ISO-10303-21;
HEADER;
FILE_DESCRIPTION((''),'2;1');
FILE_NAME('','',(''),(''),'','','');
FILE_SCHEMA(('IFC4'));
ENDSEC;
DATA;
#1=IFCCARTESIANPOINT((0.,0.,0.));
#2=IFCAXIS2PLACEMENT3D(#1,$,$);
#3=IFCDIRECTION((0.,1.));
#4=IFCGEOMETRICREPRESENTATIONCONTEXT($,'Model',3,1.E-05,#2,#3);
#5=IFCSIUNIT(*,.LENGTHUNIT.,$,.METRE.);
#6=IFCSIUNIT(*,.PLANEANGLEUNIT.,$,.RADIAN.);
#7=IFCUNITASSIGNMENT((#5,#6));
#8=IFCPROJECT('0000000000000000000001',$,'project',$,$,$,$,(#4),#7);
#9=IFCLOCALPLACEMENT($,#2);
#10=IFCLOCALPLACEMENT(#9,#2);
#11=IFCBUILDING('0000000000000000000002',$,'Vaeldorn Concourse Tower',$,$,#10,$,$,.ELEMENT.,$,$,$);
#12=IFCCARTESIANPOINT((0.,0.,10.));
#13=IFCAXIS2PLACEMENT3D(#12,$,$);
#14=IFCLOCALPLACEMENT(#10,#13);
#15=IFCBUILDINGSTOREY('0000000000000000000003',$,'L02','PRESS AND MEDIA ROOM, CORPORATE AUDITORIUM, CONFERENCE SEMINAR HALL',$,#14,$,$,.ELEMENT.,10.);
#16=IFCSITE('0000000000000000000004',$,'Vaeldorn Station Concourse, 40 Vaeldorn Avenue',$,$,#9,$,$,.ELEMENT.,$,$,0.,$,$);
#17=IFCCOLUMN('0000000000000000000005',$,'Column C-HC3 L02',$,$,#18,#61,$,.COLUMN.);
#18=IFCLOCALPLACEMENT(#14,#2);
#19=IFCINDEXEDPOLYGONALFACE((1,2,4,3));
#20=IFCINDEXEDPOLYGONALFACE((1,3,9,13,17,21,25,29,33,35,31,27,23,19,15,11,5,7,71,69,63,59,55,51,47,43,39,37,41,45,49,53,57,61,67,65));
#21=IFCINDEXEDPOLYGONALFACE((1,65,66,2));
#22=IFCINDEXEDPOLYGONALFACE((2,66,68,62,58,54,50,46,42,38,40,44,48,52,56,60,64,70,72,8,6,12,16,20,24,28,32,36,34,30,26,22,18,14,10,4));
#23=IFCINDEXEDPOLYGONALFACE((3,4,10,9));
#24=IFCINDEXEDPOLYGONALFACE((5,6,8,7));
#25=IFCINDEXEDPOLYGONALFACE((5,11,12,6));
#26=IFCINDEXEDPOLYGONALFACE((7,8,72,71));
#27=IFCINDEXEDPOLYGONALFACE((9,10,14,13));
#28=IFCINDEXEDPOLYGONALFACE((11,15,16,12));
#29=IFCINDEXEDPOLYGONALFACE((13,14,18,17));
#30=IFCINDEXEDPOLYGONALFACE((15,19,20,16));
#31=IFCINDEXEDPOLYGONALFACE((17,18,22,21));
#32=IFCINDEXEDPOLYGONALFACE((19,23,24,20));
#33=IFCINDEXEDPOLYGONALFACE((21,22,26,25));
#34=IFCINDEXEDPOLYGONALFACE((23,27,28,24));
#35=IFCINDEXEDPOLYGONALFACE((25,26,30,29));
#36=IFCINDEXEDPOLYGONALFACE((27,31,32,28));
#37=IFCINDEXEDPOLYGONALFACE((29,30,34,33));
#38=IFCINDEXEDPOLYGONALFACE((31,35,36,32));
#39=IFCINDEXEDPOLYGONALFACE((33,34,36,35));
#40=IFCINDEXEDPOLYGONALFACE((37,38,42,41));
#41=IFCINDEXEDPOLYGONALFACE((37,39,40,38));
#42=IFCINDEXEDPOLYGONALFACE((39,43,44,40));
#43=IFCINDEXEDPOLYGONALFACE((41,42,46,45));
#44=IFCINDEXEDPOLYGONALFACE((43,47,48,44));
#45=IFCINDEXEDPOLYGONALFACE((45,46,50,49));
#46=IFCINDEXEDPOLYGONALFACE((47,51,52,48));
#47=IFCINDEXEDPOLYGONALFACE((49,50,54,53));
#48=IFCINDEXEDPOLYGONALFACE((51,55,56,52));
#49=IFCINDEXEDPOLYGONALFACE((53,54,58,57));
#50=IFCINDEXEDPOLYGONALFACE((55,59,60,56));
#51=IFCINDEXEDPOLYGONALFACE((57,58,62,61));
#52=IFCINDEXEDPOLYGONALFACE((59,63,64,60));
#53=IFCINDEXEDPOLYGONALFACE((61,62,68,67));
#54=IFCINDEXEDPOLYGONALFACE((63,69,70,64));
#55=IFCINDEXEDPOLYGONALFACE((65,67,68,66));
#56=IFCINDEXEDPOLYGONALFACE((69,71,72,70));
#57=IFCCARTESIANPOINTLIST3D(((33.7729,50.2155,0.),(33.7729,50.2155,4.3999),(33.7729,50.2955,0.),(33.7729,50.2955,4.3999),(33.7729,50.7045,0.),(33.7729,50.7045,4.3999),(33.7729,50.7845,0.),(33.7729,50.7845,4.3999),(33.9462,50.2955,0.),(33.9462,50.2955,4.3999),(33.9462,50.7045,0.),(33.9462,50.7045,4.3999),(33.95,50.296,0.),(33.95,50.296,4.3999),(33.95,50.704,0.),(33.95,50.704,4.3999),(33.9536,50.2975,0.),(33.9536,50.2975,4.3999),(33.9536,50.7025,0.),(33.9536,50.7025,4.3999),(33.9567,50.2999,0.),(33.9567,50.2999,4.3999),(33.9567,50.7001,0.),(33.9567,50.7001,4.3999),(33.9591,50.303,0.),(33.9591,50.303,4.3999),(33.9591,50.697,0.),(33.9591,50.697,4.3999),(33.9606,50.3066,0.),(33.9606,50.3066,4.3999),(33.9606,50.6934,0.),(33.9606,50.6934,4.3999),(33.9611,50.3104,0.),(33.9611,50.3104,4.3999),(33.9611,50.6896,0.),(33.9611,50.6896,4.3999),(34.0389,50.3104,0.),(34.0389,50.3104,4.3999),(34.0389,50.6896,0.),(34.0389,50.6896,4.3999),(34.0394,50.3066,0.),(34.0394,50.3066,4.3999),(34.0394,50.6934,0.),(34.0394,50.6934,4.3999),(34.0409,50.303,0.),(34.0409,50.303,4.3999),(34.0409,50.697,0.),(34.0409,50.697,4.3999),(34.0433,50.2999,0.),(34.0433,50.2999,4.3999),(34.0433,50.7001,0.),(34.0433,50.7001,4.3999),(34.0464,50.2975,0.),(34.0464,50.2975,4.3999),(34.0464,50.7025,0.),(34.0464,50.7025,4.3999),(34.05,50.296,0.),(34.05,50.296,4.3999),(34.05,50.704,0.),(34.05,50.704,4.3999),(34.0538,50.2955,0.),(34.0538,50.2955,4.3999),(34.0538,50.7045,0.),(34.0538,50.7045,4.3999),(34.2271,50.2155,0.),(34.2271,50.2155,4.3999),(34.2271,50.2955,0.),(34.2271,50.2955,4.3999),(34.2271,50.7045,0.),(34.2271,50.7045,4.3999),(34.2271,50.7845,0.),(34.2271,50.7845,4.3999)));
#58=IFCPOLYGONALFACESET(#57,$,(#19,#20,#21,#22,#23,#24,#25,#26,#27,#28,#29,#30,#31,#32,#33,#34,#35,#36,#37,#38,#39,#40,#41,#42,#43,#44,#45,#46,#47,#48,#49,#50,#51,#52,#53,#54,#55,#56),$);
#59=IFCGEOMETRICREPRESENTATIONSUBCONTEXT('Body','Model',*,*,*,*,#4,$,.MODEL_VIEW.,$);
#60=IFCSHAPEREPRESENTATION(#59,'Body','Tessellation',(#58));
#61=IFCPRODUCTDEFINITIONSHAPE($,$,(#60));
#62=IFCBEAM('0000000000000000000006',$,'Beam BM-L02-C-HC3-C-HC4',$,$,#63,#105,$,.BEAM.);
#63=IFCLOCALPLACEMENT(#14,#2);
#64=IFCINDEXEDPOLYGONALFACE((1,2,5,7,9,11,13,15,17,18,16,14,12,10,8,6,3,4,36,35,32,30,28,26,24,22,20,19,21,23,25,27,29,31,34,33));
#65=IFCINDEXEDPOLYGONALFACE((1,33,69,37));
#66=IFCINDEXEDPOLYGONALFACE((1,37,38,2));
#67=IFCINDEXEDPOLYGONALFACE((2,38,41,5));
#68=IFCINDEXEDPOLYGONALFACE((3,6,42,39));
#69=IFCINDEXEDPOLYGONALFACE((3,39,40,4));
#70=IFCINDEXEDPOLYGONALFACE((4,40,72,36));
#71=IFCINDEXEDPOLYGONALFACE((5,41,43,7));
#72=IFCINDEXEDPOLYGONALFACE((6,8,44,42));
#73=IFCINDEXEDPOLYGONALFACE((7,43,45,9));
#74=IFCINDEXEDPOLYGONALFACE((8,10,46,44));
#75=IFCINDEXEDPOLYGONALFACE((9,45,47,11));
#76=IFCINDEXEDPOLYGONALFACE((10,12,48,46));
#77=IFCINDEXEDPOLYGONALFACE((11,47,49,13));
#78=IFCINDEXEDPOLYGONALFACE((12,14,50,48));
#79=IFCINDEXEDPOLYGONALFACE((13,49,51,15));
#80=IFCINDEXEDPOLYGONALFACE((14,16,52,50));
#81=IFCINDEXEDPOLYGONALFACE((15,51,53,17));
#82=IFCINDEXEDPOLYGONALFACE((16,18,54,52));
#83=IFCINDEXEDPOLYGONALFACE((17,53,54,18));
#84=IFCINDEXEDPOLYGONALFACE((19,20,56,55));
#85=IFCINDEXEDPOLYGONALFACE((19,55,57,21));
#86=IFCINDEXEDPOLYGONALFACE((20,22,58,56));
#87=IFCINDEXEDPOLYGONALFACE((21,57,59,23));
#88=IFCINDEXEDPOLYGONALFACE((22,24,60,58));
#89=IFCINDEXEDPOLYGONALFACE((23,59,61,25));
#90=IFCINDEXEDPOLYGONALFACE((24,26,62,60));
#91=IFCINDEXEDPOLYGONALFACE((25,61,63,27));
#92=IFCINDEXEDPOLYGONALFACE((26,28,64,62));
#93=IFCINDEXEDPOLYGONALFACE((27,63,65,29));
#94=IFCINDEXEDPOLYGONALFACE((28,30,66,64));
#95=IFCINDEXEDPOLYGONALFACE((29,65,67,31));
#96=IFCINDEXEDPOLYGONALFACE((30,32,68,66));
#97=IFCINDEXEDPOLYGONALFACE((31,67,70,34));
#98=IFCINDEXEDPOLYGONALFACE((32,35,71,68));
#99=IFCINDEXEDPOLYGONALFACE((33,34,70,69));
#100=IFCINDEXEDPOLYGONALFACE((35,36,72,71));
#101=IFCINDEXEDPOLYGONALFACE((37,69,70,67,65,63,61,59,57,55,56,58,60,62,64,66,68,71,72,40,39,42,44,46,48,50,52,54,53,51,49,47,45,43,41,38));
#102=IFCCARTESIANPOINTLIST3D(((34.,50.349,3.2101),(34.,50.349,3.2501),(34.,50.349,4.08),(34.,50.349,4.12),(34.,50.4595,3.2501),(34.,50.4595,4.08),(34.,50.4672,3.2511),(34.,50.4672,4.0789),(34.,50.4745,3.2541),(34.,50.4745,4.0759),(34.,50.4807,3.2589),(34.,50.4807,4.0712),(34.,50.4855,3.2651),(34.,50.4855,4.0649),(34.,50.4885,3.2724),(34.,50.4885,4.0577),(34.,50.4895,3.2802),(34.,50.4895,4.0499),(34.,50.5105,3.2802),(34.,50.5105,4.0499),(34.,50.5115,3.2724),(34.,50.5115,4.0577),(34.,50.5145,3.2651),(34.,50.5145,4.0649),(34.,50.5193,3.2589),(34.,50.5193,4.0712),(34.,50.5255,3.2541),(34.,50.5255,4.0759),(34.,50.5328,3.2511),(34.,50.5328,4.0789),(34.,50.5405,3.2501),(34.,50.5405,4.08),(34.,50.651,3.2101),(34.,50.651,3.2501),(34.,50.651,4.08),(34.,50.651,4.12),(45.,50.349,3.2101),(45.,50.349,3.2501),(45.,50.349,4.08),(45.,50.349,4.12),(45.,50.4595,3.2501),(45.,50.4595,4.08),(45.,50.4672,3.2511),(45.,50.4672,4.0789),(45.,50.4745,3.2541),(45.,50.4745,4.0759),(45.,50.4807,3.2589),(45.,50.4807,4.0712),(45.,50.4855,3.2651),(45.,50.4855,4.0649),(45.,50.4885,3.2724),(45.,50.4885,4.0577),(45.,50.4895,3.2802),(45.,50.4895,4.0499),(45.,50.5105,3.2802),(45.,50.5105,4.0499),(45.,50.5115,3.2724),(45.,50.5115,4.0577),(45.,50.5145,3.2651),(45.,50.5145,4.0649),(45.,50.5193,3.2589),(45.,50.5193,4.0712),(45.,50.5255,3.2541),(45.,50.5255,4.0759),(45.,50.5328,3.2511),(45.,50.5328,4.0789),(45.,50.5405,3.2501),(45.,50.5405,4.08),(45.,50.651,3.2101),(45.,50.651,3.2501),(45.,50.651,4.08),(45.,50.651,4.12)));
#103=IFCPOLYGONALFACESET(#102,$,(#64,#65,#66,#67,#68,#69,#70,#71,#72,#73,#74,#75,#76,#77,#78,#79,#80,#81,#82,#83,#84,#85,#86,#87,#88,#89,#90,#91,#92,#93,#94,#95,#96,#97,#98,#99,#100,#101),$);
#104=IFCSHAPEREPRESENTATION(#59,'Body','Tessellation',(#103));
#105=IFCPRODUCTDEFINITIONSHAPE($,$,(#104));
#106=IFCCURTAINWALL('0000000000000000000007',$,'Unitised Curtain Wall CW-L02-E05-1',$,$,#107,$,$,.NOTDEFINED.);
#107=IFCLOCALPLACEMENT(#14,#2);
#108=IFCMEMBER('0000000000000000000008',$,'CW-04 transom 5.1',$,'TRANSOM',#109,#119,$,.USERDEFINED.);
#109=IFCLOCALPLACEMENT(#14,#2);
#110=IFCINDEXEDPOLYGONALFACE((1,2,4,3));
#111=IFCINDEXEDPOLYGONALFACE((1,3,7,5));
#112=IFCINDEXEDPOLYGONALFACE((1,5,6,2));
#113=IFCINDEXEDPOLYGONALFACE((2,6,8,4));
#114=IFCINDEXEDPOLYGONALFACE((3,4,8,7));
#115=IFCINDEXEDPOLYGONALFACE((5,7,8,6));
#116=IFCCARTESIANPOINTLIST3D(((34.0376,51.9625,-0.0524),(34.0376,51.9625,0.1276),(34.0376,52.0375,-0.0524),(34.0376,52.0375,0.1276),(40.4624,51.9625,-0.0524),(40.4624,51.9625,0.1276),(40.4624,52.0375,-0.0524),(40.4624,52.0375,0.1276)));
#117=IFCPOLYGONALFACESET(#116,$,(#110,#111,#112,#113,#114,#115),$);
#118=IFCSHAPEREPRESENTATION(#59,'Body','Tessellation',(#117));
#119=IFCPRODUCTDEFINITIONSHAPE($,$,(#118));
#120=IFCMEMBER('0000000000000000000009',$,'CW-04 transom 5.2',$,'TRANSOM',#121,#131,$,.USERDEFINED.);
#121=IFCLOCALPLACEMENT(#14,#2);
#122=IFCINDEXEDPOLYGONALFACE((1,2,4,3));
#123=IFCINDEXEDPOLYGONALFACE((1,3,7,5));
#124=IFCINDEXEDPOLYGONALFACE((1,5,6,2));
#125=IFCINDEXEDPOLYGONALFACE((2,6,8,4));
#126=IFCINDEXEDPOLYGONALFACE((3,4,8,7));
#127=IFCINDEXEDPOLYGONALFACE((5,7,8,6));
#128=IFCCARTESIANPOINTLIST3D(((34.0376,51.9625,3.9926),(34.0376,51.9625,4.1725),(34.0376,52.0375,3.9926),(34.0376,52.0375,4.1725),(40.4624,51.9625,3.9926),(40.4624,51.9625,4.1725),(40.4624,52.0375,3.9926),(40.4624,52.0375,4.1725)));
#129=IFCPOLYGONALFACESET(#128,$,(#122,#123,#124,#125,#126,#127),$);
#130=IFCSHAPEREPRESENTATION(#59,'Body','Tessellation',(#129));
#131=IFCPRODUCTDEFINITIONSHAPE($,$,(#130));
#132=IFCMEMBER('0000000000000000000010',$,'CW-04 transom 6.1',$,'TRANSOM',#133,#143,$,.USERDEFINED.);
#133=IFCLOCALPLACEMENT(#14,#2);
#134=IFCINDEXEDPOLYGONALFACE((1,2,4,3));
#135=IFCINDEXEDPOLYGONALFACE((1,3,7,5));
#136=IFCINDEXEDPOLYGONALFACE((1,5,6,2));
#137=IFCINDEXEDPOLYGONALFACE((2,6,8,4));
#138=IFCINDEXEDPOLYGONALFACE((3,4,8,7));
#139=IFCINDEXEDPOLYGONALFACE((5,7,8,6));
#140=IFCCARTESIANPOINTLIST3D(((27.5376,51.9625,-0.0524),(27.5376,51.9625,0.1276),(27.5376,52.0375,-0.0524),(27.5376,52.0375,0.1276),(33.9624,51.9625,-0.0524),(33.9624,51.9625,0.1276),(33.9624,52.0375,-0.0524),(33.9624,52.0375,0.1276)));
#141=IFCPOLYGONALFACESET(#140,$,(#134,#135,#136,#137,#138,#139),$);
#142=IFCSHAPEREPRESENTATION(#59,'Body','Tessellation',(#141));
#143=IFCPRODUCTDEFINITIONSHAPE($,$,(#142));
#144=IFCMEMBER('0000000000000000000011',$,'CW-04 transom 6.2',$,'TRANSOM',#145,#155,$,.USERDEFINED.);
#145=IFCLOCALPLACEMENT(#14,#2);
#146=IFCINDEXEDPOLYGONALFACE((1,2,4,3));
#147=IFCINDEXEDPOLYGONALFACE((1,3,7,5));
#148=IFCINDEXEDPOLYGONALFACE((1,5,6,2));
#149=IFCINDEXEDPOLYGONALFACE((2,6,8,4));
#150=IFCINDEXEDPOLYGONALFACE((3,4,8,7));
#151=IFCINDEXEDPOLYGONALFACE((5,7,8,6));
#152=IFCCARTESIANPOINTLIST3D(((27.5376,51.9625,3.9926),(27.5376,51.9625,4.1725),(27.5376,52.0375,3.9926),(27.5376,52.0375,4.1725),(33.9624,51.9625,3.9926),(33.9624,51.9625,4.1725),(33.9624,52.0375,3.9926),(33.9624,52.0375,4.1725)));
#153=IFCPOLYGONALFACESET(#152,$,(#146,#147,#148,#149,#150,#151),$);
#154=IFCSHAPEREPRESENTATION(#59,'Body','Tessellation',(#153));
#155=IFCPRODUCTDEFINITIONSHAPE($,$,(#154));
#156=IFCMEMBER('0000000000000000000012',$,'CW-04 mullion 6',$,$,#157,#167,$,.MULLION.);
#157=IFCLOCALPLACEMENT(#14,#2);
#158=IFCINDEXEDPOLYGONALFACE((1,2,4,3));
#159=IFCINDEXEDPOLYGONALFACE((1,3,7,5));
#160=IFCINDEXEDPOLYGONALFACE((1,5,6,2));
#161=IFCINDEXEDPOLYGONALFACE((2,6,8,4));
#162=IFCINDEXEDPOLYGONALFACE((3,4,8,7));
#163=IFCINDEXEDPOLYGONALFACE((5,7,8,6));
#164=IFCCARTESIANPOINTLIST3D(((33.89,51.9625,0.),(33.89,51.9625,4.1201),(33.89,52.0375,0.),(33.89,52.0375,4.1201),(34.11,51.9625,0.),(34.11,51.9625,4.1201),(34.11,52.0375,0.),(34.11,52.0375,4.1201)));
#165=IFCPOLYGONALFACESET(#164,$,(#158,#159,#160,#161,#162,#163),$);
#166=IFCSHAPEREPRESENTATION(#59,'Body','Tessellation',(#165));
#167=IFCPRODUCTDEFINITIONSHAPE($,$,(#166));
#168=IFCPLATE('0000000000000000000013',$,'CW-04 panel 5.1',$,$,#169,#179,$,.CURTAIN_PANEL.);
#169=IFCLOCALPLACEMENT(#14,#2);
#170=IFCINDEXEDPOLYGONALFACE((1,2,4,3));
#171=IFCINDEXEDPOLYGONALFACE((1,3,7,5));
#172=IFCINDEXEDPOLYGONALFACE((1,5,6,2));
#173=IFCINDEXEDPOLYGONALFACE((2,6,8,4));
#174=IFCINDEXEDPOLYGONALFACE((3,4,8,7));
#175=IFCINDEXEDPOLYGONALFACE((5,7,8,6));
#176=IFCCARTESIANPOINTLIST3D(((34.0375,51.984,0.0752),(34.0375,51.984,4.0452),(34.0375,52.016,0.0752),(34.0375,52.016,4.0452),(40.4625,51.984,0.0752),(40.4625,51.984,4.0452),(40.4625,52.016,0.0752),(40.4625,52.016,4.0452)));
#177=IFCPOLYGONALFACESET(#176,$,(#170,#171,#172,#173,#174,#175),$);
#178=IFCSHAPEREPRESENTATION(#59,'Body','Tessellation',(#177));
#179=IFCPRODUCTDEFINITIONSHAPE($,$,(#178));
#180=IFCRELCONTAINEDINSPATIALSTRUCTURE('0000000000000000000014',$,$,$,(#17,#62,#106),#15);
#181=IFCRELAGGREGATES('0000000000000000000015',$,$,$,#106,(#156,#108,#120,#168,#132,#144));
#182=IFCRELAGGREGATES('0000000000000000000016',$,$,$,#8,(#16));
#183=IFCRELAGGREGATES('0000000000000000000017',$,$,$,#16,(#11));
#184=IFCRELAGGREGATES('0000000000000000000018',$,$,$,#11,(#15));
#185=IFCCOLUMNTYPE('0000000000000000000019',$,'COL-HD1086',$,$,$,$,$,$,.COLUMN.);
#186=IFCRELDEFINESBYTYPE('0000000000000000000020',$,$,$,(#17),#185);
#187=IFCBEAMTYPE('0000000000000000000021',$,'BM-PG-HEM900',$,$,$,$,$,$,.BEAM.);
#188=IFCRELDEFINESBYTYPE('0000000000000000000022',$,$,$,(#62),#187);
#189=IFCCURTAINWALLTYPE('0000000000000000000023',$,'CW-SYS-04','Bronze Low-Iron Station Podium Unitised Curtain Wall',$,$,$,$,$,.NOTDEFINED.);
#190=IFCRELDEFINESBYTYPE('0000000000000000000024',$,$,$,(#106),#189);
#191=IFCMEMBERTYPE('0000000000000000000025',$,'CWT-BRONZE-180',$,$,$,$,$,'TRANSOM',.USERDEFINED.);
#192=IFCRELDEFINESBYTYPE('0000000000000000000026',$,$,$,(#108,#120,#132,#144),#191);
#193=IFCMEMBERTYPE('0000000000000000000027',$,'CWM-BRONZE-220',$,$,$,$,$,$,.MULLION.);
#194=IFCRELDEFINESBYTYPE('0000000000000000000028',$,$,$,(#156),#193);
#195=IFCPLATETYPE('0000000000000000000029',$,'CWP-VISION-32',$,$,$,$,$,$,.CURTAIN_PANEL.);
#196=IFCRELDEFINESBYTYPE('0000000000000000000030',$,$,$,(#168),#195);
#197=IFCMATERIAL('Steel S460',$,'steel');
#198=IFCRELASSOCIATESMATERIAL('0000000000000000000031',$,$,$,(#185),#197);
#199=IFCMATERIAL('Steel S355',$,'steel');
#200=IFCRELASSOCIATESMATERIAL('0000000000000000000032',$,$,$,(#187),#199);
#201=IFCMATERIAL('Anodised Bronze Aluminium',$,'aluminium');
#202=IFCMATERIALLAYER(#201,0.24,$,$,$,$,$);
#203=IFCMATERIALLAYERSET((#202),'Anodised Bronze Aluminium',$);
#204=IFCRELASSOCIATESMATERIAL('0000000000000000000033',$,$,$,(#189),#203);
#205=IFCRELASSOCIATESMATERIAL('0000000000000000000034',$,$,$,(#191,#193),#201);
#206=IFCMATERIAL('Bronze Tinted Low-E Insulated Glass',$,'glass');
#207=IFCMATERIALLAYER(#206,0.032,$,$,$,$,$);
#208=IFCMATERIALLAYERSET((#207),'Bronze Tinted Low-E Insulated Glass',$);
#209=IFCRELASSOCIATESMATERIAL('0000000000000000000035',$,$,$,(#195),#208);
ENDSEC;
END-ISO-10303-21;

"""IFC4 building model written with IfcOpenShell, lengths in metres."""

from ifc_helpers import new_model, si_unit, direction, frame, origin, origin_2d, place, context, subcontext, project, spatial, rectangle, i_section, extrude, source, transform, mapped, material, layer, layer_set, material_profile, profile_set, type_object, element, aggregate, save


model = new_model("IFC4")

# Units and contexts
model_context = context("Model", 3, precision=1e-05, world=origin(), true_north=direction((0.0, 1.0)))
body_context = subcontext(model_context, "Body", "Model", "MODEL_VIEW")
ifc_project = project(units=[si_unit("LENGTHUNIT", "METRE"), si_unit("PLANEANGLEUNIT", "RADIAN")], contexts=[model_context])

# Site, building, storey
site_placement = place(None, origin())
site = spatial("IfcSite", under=ifc_project, at=site_placement, Name="Vaeldorn Station Concourse, 40 Vaeldorn Avenue", CompositionType="ELEMENT", RefElevation=0.0)
building_placement = place(site_placement, origin())
building = spatial("IfcBuilding", under=site, at=building_placement, Name="Vaeldorn Concourse Tower", CompositionType="ELEMENT")
storey_placement = place(building_placement, frame((0.0, 0.0, 10.0)))
storey = spatial("IfcBuildingStorey", under=building, at=storey_placement, Name="L02", Description="PRESS AND MEDIA ROOM, CORPORATE AUDITORIUM, CONFERENCE SEMINAR HALL", CompositionType="ELEMENT", Elevation=10.0)

# Column
ifc_material_1 = material(Name="Steel S460", Category="steel")
ifc_material_profile_1 = material_profile(ifc_material_1, i_section(OverallWidth=0.4541, OverallDepth=0.5691, WebThickness=0.0779, FlangeThickness=0.0801, FilletRadius=0.0149, at=origin_2d()), Name="HD 400x1086")
ifc_profile_set_1 = profile_set([ifc_material_profile_1], Name="Steel S460")
column_type = type_object("IfcColumnType", Name="COL-HD1086", PredefinedType="COLUMN", material=ifc_profile_set_1)
shared_shape_1 = source(origin(), body_context, "Body", "SweptSolid", [
    extrude(i_section(OverallWidth=0.4541, OverallDepth=0.5691, WebThickness=0.0779, FlangeThickness=0.0801, FilletRadius=0.0149, at=origin_2d()), origin(), (0.0, 0.0, 1.0), 4.3999),
])
column_placement = place(storey_placement, frame((34.0, 50.5, 0.0), z_axis=(0.0, 0.0, 1.0), x_axis=(1.0, 0.0, 0.0)))
element("IfcColumn", 1, at=column_placement, inside=storey, type_object=column_type, Name="Column C-HC3 L02", PredefinedType="COLUMN", context=body_context, shape_type="MappedRepresentation", body=[
    mapped(shared_shape_1, transform((0.0, 0.0, 0.0), scale=1.0)),
])

# Beam
ifc_material_2 = material(Name="Steel S355", Category="steel")
ifc_material_profile_2 = material_profile(ifc_material_2, i_section(OverallWidth=0.302, OverallDepth=0.9099, WebThickness=0.021, FlangeThickness=0.04, FilletRadius=0.03, at=origin_2d()), Name="HEM 900")
ifc_profile_set_2 = profile_set([ifc_material_profile_2], Name="Steel S355")
beam_type = type_object("IfcBeamType", Name="BM-PG-HEM900", PredefinedType="BEAM", material=ifc_profile_set_2)
shared_shape_2 = source(origin(), body_context, "Body", "SweptSolid", [
    extrude(i_section(OverallWidth=0.302, OverallDepth=0.9099, WebThickness=0.021, FlangeThickness=0.04, FilletRadius=0.03, at=origin_2d()), origin(), (0.0, 0.0, 1.0), 11.0),
])
beam_placement = place(storey_placement, frame((34.0, 50.5, 3.665), z_axis=(1.0, 0.0, 0.0), x_axis=(0.0, 1.0, 0.0)))
element("IfcBeam", 2, at=beam_placement, inside=storey, type_object=beam_type, Name="Beam BM-L02-C-HC3-C-HC4", PredefinedType="BEAM", context=body_context, shape_type="MappedRepresentation", body=[
    mapped(shared_shape_2, transform((0.0, 0.0, 0.0), scale=1.0)),
])

# Curtain wall, members, plate
ifc_material_3 = material(Name="Anodised Bronze Aluminium", Category="aluminium")
ifc_layer_1 = layer(ifc_material_3, 0.24)
ifc_layer_set_1 = layer_set([ifc_layer_1], Name="Anodised Bronze Aluminium")
curtain_wall_type = type_object("IfcCurtainWallType", Name="CW-SYS-04", Description="Bronze Low-Iron Station Podium Unitised Curtain Wall", PredefinedType="NOTDEFINED", material=ifc_layer_set_1)
curtain_wall_placement = place(storey_placement, origin())
curtain_wall = element("IfcCurtainWall", 3, at=curtain_wall_placement, inside=storey, type_object=curtain_wall_type, Name="Unitised Curtain Wall CW-L02-E05-1", PredefinedType="NOTDEFINED")
ifc_material_profile_3 = material_profile(ifc_material_3, rectangle(XDim=0.075, YDim=0.1799, at=origin_2d()), Name="CWT 75x180")
ifc_profile_set_3 = profile_set([ifc_material_profile_3], Name="Anodised Bronze Aluminium")
member_type_1 = type_object("IfcMemberType", Name="CWT-BRONZE-180", ElementType="TRANSOM", PredefinedType="USERDEFINED", material=ifc_profile_set_3)
shared_shape_3 = source(origin(), body_context, "Body", "SweptSolid", [
    extrude(rectangle(XDim=0.075, YDim=0.1799, at=origin_2d()), origin(), (0.0, 0.0, 1.0), 6.4248),
])
member_1_placement = place(storey_placement, frame((40.4624, 52.0, 0.0376), z_axis=(-1.0, 0.0, 0.0), x_axis=(0.0, -1.0, 0.0)))
member_1 = element("IfcMember", 4, at=member_1_placement, type_object=member_type_1, Name="CW-04 transom 5.1", ObjectType="TRANSOM", PredefinedType="USERDEFINED", context=body_context, shape_type="MappedRepresentation", body=[
    mapped(shared_shape_3, transform((0.0, 0.0, 0.0), scale=1.0)),
])
member_2_placement = place(storey_placement, frame((40.4624, 52.0, 4.0825), z_axis=(-1.0, 0.0, 0.0), x_axis=(0.0, -1.0, 0.0)))
member_2 = element("IfcMember", 5, at=member_2_placement, type_object=member_type_1, Name="CW-04 transom 5.2", ObjectType="TRANSOM", PredefinedType="USERDEFINED", context=body_context, shape_type="MappedRepresentation", body=[
    mapped(shared_shape_3, transform((0.0, 0.0, 0.0), scale=1.0)),
])
member_3_placement = place(storey_placement, frame((33.9624, 52.0, 0.0376), z_axis=(-1.0, 0.0, 0.0), x_axis=(0.0, -1.0, 0.0)))
member_3 = element("IfcMember", 6, at=member_3_placement, type_object=member_type_1, Name="CW-04 transom 6.1", ObjectType="TRANSOM", PredefinedType="USERDEFINED", context=body_context, shape_type="MappedRepresentation", body=[
    mapped(shared_shape_3, transform((0.0, 0.0, 0.0), scale=1.0)),
])
member_4_placement = place(storey_placement, frame((33.9624, 52.0, 4.0825), z_axis=(-1.0, 0.0, 0.0), x_axis=(0.0, -1.0, 0.0)))
member_4 = element("IfcMember", 7, at=member_4_placement, type_object=member_type_1, Name="CW-04 transom 6.2", ObjectType="TRANSOM", PredefinedType="USERDEFINED", context=body_context, shape_type="MappedRepresentation", body=[
    mapped(shared_shape_3, transform((0.0, 0.0, 0.0), scale=1.0)),
])
ifc_material_profile_4 = material_profile(ifc_material_3, rectangle(XDim=0.075, YDim=0.22, at=origin_2d()), Name="CWM 75x220")
ifc_profile_set_4 = profile_set([ifc_material_profile_4], Name="Anodised Bronze Aluminium")
member_type_2 = type_object("IfcMemberType", Name="CWM-BRONZE-220", PredefinedType="MULLION", material=ifc_profile_set_4)
shared_shape_4 = source(origin(), body_context, "Body", "SweptSolid", [
    extrude(rectangle(XDim=0.075, YDim=0.22, at=origin_2d()), origin(), (0.0, 0.0, 1.0), 4.1201),
])
member_5_placement = place(storey_placement, frame((34.0, 52.0, 0.0), z_axis=(0.0, 0.0, 1.0), x_axis=(0.0, -1.0, 0.0)))
member_5 = element("IfcMember", 8, at=member_5_placement, type_object=member_type_2, Name="CW-04 mullion 6", PredefinedType="MULLION", context=body_context, shape_type="MappedRepresentation", body=[
    mapped(shared_shape_4, transform((0.0, 0.0, 0.0), scale=1.0)),
])
ifc_material_4 = material(Name="Bronze Tinted Low-E Insulated Glass", Category="glass")
ifc_layer_2 = layer(ifc_material_4, 0.032)
ifc_layer_set_2 = layer_set([ifc_layer_2], Name="Bronze Tinted Low-E Insulated Glass")
plate_type = type_object("IfcPlateType", Name="CWP-VISION-32", PredefinedType="CURTAIN_PANEL", material=ifc_layer_set_2)
shared_shape_5 = source(origin(), body_context, "Body", "SweptSolid", [
    extrude(rectangle(XDim=6.425, YDim=0.032, at=origin_2d()), origin(), (0.0, 0.0, 1.0), 3.97),
])
plate_1_placement = place(storey_placement, frame((37.25, 52.0, 0.0752), z_axis=(0.0, 0.0, 1.0), x_axis=(-1.0, 0.0, 0.0)))
plate_1 = element("IfcPlate", 9, at=plate_1_placement, type_object=plate_type, Name="CW-04 panel 5.1", PredefinedType="CURTAIN_PANEL", context=body_context, shape_type="MappedRepresentation", body=[
    mapped(shared_shape_5, transform((0.0, 0.0, 0.0), scale=1.0)),
])
aggregate(curtain_wall, [member_5, member_1, member_2, plate_1, member_3, member_4])

save(model, "model.ifc")
